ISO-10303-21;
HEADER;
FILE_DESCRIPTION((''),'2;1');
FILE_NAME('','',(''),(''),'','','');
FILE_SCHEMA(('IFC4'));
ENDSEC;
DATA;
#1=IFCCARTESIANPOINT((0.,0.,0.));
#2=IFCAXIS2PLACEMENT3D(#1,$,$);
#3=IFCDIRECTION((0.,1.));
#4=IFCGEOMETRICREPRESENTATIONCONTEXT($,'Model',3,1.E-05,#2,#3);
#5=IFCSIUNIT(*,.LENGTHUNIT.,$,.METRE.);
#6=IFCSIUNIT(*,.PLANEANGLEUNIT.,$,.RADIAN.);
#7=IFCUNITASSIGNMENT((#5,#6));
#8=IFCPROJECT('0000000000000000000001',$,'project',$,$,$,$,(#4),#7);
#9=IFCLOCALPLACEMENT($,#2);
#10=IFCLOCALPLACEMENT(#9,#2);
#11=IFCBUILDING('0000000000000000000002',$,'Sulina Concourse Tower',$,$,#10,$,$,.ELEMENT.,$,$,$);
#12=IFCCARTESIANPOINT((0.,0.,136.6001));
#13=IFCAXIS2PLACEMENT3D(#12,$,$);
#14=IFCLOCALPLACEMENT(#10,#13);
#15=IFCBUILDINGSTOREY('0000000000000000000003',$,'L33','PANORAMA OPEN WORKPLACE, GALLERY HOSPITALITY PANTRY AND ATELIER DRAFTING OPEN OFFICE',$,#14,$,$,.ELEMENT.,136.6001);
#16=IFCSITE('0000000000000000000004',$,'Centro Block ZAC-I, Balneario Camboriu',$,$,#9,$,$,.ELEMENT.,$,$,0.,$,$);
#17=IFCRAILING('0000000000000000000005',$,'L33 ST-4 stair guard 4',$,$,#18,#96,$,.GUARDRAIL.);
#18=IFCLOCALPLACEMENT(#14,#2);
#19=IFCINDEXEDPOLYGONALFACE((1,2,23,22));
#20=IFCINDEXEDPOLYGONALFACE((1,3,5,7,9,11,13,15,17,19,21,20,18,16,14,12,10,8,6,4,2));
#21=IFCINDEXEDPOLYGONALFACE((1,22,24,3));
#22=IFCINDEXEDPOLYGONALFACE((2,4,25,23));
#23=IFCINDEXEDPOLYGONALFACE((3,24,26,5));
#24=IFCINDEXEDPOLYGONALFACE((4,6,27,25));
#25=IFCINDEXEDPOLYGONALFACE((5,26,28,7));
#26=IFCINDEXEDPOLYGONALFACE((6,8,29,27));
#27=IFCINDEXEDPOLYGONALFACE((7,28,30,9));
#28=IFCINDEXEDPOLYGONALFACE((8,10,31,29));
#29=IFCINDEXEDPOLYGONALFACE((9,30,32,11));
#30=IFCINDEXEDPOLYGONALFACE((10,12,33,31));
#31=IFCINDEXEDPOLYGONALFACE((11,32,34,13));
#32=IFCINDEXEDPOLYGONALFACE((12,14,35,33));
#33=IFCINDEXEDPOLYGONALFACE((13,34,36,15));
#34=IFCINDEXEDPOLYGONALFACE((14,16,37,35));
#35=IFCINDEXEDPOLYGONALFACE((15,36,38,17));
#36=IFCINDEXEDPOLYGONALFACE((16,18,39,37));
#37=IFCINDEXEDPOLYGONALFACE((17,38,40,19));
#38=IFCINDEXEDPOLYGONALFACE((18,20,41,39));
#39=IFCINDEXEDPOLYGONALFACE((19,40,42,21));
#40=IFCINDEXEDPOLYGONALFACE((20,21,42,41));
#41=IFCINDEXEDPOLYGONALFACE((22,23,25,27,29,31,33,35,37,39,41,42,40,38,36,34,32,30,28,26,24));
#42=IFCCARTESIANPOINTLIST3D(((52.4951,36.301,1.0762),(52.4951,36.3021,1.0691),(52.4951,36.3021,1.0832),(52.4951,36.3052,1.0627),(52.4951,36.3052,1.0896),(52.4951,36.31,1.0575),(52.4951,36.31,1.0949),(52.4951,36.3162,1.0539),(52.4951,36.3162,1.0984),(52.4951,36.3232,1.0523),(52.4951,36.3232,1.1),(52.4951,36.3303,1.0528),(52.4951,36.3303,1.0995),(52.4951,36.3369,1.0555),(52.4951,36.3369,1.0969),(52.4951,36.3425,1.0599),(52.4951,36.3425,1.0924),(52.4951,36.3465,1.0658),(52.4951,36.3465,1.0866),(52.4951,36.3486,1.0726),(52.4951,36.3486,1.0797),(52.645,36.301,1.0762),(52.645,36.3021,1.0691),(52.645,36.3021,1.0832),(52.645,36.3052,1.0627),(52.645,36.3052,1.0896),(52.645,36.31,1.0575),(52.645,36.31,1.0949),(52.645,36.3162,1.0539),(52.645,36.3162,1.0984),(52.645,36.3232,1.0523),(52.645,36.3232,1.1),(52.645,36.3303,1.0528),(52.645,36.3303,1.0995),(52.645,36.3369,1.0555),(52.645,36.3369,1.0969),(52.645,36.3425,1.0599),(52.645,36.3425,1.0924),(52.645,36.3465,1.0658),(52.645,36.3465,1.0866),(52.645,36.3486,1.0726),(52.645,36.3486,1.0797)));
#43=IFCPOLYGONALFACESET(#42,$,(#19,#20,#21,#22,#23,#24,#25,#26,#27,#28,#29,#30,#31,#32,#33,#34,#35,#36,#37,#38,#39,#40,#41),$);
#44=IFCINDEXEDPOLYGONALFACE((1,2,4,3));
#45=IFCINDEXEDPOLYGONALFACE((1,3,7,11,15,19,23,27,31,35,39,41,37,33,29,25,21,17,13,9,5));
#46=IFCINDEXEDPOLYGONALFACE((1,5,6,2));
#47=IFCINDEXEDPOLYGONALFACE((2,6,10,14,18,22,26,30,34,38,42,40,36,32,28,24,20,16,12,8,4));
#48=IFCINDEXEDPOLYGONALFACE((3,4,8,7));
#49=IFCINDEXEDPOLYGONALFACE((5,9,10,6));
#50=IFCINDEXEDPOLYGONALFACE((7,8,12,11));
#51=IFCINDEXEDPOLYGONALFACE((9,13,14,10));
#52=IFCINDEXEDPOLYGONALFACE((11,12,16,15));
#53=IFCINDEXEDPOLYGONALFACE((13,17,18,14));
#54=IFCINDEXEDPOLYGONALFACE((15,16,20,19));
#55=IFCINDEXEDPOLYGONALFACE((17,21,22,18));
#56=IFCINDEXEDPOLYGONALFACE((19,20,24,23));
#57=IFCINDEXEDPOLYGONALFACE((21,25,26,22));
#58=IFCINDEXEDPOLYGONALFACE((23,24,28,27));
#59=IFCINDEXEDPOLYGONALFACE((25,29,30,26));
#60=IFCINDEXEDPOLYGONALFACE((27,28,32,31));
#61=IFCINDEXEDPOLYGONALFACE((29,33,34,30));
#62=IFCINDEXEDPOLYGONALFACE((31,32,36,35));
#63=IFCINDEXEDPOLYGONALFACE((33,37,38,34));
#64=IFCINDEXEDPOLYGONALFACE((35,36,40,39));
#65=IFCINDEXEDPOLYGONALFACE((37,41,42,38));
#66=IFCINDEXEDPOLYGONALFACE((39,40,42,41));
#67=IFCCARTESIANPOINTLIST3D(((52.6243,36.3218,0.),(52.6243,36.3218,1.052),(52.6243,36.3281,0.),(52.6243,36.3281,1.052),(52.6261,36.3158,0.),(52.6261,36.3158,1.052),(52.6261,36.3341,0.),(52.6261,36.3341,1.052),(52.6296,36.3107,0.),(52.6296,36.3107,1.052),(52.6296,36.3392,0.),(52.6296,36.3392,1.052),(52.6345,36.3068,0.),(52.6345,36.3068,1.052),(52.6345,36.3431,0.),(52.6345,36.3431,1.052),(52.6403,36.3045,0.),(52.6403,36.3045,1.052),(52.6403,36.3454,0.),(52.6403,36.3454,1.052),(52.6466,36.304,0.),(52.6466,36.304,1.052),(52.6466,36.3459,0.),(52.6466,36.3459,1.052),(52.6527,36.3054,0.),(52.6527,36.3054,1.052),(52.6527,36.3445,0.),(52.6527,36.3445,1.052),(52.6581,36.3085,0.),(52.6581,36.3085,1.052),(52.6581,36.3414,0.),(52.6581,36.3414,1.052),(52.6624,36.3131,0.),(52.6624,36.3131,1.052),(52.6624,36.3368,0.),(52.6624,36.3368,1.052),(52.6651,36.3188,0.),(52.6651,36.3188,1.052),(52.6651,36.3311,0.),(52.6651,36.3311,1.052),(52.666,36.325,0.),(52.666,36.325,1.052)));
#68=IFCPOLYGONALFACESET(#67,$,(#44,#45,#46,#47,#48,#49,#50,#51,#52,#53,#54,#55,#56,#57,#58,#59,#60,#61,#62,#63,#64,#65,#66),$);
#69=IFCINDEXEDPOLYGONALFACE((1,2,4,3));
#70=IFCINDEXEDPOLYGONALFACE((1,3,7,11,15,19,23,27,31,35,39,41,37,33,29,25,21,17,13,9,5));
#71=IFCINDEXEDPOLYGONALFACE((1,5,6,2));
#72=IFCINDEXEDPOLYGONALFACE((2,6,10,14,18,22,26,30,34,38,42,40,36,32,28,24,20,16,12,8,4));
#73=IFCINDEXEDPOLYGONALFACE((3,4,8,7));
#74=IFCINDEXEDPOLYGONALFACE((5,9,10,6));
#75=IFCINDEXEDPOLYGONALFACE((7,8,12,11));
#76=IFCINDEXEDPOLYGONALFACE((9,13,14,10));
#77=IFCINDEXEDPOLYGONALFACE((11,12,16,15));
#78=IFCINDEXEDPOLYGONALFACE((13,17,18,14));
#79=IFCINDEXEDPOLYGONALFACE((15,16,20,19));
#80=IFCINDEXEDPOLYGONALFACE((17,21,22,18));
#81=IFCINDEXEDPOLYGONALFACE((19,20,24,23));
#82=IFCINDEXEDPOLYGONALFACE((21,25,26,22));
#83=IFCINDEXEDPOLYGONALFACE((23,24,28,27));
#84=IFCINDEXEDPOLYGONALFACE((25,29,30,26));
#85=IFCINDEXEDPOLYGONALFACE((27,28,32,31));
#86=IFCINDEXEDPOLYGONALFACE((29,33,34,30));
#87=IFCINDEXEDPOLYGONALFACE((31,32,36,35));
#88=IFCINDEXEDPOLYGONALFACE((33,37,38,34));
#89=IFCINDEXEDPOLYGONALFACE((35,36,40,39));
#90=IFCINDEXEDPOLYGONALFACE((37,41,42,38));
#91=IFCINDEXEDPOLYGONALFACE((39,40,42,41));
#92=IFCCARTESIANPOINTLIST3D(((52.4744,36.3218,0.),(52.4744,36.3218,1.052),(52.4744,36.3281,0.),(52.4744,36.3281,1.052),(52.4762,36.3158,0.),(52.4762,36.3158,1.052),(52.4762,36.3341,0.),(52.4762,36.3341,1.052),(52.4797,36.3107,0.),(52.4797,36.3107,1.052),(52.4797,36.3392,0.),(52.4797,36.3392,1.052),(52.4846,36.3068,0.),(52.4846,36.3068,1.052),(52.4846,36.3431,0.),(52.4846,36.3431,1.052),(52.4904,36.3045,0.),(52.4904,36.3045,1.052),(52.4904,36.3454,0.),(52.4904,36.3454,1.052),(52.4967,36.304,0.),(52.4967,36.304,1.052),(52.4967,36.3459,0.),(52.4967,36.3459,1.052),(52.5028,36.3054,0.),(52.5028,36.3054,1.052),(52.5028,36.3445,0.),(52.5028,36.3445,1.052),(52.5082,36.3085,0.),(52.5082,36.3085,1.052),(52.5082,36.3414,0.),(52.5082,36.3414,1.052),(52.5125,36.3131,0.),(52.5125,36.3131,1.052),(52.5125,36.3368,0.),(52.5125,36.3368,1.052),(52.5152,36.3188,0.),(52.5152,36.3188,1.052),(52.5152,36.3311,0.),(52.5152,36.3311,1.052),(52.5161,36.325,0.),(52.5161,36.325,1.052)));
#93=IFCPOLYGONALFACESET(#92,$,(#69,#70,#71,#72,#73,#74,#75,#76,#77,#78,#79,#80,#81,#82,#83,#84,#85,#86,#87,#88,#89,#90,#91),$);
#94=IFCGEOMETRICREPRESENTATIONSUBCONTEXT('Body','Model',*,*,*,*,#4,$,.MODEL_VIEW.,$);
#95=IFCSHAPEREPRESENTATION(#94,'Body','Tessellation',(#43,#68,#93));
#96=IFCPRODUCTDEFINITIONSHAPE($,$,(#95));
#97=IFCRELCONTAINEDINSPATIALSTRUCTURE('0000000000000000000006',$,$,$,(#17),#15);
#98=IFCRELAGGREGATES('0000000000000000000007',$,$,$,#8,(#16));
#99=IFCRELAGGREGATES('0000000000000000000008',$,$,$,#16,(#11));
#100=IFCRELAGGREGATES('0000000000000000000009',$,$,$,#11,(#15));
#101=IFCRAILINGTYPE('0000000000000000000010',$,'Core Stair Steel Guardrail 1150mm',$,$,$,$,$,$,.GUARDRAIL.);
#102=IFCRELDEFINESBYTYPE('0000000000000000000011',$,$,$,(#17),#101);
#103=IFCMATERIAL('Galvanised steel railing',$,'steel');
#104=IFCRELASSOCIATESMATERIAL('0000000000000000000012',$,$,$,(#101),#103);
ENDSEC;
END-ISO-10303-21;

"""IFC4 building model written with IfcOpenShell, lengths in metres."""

from ifc_helpers import new_model, si_unit, direction, frame, origin, origin_2d, place, context, subcontext, project, spatial, circle, extrude, material, type_object, element, save


model = new_model("IFC4")

# Units and contexts
model_context = context("Model", 3, precision=1e-05, world=origin(), true_north=direction((0.0, 1.0)))
body_context = subcontext(model_context, "Body", "Model", "MODEL_VIEW")
ifc_project = project(units=[si_unit("LENGTHUNIT", "METRE"), si_unit("PLANEANGLEUNIT", "RADIAN")], contexts=[model_context])

# Site, building, storey
site_placement = place(None, origin())
site = spatial("IfcSite", under=ifc_project, at=site_placement, Name="Centro Block ZAC-I, Balneario Camboriu", CompositionType="ELEMENT", RefElevation=0.0)
building_placement = place(site_placement, origin())
building = spatial("IfcBuilding", under=site, at=building_placement, Name="Sulina Concourse Tower", CompositionType="ELEMENT")
storey_placement = place(building_placement, frame((0.0, 0.0, 136.6001)))
storey = spatial("IfcBuildingStorey", under=building, at=storey_placement, Name="L33", Description="PANORAMA OPEN WORKPLACE, GALLERY HOSPITALITY PANTRY AND ATELIER DRAFTING OPEN OFFICE", CompositionType="ELEMENT", Elevation=136.6001)

# Railing
ifc_material_1 = material(Name="Galvanised steel railing", Category="steel")
railing_type_1 = type_object("IfcRailingType", Name="Core Stair Steel Guardrail 1150mm", PredefinedType="GUARDRAIL", material=ifc_material_1)
railing_1_placement = place(storey_placement, frame((52.645, 36.325, 0.0)))
element("IfcRailing", 1, at=railing_1_placement, inside=storey, type_object=railing_type_1, Name="L33 ST-4 stair guard 4", PredefinedType="GUARDRAIL", context=body_context, shape_type="SweptSolid", body=[
    extrude(circle(Radius=0.0239, at=origin_2d()), frame((0.0, 0.0, 1.0762), z_axis=(-1.0, 0.0, 0.0), x_axis=(0.0, -1.0, 0.0)), (0.0, 0.0, 1.0), 0.1499),
    extrude(circle(Radius=0.021, at=origin_2d()), origin(), (0.0, 0.0, 1.0), 1.052),
    extrude(circle(Radius=0.021, at=origin_2d()), frame((-0.1499, 0.0, 0.0)), (0.0, 0.0, 1.0), 1.052),
])

save(model, "model.ifc")
